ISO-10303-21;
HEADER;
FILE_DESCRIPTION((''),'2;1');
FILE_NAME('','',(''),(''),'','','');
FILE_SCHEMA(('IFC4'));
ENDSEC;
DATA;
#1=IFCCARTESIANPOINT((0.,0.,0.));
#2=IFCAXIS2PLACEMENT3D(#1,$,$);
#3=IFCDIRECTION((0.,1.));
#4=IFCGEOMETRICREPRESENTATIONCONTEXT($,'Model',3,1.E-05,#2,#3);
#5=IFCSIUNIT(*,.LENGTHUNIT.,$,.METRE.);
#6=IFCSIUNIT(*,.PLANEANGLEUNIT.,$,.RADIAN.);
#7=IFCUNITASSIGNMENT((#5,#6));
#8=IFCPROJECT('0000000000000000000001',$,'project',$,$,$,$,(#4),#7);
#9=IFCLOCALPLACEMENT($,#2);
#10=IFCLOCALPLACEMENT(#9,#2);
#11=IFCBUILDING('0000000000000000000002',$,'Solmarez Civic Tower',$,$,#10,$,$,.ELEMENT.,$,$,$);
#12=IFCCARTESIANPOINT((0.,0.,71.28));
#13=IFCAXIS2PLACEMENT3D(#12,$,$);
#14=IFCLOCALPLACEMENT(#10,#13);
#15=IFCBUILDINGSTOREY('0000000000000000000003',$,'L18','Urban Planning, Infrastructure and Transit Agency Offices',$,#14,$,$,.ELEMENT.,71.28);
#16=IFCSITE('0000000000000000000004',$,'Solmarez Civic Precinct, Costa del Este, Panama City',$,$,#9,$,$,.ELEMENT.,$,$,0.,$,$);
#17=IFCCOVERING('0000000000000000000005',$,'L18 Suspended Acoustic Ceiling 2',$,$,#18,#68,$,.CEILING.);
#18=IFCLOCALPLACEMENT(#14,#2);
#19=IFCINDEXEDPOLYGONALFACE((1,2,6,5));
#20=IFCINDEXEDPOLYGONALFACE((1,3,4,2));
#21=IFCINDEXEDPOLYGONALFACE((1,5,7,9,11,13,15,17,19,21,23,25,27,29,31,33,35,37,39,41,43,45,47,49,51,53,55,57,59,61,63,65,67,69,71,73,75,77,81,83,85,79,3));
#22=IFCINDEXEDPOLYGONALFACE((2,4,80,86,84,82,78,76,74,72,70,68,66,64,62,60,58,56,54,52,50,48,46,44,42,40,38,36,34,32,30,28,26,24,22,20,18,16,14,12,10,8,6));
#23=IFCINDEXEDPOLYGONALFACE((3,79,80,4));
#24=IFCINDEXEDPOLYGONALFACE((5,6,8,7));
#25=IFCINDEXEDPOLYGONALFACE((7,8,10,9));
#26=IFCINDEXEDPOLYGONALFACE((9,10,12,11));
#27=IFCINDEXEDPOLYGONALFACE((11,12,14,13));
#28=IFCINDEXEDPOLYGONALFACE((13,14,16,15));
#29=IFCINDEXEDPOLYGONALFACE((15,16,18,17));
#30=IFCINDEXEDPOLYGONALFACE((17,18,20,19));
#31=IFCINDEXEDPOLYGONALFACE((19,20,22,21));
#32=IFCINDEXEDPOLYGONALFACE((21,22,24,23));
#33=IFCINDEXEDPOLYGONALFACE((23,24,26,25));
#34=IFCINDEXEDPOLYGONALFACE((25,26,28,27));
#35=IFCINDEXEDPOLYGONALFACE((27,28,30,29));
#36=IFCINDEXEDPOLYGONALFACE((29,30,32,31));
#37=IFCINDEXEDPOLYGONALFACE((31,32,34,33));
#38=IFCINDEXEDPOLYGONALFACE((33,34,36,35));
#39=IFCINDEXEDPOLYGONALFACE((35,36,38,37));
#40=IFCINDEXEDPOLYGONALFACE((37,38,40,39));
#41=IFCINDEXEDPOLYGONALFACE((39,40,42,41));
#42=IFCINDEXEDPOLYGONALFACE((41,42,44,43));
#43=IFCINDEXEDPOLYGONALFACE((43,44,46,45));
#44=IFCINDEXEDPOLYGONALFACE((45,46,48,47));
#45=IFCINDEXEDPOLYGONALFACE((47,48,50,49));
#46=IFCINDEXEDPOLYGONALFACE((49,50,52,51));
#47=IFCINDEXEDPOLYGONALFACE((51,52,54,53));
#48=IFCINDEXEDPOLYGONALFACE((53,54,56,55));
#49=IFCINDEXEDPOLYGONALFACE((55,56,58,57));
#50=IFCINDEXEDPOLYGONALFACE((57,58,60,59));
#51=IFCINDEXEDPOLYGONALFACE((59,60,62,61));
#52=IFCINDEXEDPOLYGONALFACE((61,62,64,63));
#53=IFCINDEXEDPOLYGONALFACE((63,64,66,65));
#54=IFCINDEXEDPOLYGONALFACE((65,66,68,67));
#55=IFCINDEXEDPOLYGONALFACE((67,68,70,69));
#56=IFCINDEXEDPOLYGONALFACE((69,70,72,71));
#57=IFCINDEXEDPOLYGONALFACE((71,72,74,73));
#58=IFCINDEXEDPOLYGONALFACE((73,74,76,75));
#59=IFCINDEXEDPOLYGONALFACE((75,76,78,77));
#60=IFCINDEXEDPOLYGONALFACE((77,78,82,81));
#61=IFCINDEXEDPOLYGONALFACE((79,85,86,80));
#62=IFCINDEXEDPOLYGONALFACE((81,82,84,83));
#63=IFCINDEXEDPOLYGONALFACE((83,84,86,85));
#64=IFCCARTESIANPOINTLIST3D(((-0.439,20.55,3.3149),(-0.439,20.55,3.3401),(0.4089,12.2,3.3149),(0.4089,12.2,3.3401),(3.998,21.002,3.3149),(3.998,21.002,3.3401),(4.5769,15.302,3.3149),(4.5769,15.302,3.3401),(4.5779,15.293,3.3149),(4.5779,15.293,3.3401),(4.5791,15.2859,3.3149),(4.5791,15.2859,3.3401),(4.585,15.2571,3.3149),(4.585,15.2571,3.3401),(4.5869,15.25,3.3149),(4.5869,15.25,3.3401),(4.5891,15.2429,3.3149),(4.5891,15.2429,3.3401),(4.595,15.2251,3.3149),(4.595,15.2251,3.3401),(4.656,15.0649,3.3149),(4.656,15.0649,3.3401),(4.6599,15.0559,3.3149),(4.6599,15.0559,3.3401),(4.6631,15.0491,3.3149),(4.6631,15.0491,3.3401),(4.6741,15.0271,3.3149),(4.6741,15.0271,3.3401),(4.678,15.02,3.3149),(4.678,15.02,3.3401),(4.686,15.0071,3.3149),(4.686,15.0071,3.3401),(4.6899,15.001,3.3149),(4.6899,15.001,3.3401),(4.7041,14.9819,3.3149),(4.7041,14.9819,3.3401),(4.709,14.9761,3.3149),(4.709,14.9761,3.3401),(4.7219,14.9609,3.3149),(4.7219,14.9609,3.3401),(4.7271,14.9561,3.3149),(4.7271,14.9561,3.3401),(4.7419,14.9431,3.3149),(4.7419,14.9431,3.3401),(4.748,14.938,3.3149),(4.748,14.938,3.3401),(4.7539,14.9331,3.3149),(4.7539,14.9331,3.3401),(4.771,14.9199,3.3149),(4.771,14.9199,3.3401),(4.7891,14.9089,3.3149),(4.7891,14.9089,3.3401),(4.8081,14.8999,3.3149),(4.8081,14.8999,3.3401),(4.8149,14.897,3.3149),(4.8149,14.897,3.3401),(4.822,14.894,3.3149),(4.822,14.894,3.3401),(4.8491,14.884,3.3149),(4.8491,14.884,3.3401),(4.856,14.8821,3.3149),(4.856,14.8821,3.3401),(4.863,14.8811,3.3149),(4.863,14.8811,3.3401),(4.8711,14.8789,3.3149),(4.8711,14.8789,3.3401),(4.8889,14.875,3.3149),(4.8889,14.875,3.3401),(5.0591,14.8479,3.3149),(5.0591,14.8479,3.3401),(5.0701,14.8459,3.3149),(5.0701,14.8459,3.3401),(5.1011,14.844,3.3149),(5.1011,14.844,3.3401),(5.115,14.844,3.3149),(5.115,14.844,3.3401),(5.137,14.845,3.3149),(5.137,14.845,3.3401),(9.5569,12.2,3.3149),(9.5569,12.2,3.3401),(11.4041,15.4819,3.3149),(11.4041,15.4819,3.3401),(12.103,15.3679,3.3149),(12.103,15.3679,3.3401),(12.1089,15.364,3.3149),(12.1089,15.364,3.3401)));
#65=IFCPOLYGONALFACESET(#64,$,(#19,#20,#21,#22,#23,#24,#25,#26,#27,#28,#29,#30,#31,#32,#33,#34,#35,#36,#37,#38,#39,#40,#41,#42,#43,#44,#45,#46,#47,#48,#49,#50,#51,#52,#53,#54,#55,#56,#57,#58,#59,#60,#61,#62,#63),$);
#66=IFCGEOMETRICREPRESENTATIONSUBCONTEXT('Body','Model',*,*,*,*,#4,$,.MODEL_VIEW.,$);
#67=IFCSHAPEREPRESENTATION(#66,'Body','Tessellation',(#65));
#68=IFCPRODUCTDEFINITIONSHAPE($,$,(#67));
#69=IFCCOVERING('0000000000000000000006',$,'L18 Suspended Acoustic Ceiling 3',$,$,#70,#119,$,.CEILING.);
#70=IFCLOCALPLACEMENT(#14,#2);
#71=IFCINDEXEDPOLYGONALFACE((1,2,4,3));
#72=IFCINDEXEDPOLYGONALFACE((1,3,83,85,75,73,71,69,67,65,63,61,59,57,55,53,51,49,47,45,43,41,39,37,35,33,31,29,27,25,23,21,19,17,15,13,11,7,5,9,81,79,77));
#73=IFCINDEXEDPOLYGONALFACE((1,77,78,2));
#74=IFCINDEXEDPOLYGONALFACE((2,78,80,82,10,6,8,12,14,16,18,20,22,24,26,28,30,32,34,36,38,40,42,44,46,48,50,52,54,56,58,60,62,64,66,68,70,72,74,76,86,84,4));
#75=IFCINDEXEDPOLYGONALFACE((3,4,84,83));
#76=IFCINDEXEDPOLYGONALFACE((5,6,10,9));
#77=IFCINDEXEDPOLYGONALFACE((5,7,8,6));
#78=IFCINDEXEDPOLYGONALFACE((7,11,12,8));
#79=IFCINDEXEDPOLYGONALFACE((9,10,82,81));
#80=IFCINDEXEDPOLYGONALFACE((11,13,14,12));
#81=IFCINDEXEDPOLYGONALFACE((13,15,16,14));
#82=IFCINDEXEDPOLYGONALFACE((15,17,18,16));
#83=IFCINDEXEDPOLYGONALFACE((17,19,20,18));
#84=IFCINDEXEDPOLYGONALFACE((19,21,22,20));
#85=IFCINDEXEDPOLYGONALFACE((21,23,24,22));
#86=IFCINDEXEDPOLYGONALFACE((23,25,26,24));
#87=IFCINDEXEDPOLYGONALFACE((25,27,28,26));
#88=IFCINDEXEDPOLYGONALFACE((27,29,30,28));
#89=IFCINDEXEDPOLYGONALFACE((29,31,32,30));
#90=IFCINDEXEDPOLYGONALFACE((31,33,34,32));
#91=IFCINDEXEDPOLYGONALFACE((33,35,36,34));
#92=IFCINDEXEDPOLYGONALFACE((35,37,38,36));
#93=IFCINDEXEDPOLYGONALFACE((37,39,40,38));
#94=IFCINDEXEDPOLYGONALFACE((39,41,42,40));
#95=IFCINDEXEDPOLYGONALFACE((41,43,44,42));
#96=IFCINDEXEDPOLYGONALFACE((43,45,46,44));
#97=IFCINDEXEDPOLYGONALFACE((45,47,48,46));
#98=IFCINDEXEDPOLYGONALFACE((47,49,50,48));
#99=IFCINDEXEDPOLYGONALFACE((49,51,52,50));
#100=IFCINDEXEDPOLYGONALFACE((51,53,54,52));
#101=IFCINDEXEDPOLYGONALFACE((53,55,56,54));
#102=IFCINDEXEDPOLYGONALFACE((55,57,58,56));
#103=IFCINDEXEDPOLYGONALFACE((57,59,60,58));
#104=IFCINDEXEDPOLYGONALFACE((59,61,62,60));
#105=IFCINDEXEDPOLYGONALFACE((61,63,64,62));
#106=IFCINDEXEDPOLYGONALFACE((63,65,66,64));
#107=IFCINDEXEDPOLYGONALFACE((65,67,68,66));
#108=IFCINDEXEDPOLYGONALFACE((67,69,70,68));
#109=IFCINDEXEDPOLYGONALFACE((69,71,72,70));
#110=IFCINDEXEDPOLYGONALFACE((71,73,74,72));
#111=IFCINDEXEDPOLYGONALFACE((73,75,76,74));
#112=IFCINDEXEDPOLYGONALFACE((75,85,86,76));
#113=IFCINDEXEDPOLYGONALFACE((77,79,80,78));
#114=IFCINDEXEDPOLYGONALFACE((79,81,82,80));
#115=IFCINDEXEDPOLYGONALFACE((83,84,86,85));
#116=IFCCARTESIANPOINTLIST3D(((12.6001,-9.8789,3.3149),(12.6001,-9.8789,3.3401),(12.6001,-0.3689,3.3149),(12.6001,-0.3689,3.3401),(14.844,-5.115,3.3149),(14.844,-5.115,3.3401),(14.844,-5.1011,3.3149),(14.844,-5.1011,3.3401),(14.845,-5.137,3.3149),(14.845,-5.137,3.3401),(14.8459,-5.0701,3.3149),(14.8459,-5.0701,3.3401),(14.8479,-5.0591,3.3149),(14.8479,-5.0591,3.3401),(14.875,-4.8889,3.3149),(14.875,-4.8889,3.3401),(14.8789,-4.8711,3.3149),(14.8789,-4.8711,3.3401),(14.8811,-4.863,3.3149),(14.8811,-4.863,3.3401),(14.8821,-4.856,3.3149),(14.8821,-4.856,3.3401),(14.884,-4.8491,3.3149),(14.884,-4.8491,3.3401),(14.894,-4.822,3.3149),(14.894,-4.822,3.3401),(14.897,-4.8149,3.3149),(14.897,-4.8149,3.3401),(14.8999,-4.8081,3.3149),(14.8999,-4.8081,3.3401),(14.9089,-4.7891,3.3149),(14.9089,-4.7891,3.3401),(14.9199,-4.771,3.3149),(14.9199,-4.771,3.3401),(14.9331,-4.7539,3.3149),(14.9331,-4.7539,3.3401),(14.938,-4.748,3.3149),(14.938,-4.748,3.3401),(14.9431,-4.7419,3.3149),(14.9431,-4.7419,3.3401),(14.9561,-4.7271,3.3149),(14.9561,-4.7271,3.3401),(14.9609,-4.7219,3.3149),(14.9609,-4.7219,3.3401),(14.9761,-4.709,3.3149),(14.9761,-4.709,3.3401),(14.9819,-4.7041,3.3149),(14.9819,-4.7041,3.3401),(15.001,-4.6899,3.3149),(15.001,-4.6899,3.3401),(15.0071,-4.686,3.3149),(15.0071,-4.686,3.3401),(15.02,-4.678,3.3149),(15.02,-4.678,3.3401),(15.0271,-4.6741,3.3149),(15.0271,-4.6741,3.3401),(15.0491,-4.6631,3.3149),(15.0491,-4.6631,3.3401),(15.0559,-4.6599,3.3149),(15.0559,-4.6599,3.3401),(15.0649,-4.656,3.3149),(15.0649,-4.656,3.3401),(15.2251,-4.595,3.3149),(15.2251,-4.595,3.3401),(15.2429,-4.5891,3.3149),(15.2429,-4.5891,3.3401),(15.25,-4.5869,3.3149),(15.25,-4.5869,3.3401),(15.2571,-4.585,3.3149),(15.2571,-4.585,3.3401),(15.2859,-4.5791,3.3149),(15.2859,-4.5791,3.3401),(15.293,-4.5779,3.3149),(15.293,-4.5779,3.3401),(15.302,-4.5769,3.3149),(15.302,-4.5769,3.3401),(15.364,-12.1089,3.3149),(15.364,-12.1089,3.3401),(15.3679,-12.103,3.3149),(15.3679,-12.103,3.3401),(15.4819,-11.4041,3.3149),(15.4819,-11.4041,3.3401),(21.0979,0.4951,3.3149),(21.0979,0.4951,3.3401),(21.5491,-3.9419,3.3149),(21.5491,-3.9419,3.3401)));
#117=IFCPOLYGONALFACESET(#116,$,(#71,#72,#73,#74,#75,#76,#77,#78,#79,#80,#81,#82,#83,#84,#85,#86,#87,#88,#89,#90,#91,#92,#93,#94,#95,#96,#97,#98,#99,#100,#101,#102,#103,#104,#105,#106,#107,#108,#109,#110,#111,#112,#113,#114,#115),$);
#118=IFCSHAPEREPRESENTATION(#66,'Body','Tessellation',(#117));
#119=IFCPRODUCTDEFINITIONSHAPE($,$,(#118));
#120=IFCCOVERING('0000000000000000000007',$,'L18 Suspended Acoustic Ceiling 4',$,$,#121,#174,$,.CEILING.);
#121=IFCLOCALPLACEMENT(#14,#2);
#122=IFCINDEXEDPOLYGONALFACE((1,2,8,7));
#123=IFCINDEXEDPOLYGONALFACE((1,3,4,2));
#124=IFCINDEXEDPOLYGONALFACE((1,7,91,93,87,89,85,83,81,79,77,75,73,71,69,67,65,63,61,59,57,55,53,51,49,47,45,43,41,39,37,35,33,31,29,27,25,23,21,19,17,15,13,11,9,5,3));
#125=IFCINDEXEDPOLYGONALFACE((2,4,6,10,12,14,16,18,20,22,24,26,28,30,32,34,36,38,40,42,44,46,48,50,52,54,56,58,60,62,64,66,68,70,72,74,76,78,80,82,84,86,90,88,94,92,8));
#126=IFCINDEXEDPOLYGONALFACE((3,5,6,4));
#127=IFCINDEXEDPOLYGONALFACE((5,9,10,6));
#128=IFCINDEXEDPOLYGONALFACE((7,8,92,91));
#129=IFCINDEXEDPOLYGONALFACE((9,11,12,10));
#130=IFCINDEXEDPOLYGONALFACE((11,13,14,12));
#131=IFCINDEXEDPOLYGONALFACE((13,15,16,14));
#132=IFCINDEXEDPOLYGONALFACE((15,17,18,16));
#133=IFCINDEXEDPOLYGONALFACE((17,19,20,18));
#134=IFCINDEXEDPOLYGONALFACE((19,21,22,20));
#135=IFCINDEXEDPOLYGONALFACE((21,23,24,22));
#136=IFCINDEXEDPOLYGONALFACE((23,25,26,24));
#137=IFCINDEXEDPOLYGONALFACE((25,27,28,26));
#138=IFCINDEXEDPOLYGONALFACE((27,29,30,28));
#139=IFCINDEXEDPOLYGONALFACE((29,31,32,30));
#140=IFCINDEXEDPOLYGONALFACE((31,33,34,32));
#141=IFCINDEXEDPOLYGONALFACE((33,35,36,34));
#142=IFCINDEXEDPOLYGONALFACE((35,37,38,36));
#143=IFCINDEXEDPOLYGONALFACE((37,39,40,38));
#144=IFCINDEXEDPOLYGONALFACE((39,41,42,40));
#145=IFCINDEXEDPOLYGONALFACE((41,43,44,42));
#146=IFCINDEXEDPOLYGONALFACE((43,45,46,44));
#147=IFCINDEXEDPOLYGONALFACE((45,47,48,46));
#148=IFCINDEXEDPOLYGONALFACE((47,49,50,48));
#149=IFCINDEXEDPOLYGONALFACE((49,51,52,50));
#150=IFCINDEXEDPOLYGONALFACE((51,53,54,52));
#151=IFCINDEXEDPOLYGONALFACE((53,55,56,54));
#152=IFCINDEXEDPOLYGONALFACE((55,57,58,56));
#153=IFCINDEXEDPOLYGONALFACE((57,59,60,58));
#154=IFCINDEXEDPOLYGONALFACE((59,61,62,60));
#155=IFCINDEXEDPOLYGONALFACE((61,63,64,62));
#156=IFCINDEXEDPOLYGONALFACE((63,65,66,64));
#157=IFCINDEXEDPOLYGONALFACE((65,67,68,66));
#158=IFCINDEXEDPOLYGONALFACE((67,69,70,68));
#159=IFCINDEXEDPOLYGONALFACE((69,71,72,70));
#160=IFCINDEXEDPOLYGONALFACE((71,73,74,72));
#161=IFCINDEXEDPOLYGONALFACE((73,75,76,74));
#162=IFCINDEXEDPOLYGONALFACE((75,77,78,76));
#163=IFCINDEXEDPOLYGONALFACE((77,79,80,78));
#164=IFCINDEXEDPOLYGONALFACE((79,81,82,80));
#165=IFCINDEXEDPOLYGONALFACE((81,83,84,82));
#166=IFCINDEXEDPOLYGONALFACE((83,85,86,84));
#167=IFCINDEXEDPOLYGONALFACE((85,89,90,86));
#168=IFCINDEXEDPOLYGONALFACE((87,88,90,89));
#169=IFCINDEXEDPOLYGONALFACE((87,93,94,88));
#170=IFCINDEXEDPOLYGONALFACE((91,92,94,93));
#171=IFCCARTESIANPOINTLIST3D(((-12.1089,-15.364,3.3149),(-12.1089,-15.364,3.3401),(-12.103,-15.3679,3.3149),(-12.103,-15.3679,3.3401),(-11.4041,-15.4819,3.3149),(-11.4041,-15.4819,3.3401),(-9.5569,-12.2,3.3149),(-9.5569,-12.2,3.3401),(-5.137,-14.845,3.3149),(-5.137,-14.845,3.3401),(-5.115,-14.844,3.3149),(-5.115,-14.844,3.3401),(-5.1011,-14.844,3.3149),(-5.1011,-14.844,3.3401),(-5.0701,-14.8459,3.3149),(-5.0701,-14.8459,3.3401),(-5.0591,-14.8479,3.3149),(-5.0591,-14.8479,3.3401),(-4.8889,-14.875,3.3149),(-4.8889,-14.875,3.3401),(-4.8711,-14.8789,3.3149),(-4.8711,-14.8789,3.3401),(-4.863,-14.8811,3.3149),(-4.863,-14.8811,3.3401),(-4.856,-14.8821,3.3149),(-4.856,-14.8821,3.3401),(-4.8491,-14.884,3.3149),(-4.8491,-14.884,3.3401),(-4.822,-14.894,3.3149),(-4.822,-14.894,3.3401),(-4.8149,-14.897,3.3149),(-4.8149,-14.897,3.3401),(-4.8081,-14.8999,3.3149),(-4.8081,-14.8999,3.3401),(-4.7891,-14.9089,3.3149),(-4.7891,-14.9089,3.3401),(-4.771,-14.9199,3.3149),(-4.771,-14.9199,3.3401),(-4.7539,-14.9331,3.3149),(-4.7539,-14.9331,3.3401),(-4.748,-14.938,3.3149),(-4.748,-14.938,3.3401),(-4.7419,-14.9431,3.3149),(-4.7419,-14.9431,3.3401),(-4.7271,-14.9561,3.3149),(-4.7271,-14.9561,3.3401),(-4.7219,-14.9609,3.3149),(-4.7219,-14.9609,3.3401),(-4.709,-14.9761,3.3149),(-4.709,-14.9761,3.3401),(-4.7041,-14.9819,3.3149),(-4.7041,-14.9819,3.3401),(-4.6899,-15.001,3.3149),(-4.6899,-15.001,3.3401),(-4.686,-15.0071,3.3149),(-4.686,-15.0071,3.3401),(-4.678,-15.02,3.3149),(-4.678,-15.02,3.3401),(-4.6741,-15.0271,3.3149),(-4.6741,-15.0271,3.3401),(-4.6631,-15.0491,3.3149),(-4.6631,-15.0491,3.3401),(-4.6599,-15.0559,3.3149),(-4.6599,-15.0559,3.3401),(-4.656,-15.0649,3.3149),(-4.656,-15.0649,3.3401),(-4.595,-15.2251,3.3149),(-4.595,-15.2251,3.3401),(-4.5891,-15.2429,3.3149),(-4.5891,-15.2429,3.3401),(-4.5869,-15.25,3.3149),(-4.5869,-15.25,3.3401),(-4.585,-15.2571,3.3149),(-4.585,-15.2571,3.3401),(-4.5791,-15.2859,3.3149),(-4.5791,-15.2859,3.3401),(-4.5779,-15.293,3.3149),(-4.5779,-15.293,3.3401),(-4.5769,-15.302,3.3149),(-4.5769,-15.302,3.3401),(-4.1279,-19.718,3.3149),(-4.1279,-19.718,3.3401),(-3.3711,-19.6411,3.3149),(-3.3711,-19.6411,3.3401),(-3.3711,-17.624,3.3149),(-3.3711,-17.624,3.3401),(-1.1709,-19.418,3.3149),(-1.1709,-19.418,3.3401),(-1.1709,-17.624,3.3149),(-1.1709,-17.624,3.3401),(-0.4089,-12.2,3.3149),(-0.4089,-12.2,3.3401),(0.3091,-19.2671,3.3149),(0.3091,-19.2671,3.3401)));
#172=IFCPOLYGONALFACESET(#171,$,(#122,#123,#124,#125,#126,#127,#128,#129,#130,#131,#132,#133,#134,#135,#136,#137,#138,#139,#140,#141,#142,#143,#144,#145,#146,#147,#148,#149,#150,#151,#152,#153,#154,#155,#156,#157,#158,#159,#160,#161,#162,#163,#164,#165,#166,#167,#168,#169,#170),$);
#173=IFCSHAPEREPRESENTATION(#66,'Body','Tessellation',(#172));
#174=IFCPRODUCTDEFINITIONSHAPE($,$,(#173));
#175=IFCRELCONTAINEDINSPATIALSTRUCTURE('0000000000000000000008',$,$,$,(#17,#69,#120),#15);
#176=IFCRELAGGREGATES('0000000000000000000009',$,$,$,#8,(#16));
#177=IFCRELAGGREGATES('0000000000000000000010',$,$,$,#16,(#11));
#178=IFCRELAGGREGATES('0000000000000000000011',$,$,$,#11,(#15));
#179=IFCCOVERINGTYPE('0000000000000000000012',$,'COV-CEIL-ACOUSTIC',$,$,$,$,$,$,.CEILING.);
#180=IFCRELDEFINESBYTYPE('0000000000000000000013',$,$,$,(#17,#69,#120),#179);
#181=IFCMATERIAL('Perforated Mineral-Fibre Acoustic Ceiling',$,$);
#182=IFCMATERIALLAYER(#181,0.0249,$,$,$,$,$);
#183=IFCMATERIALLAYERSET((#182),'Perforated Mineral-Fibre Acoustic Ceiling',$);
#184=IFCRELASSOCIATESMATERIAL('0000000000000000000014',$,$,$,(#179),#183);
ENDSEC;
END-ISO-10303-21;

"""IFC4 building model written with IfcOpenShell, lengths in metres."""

from ifc_helpers import new_model, si_unit, direction, frame, origin, place, context, subcontext, project, spatial, polyline, outline, extrude, material, layer, layer_set, type_object, element, save


model = new_model("IFC4")

# Units and contexts
model_context = context("Model", 3, precision=1e-05, world=origin(), true_north=direction((0.0, 1.0)))
body_context = subcontext(model_context, "Body", "Model", "MODEL_VIEW")
ifc_project = project(units=[si_unit("LENGTHUNIT", "METRE"), si_unit("PLANEANGLEUNIT", "RADIAN")], contexts=[model_context])

# Site, building, storey
site_placement = place(None, origin())
site = spatial("IfcSite", under=ifc_project, at=site_placement, Name="Solmarez Civic Precinct, Costa del Este, Panama City", CompositionType="ELEMENT", RefElevation=0.0)
building_placement = place(site_placement, origin())
building = spatial("IfcBuilding", under=site, at=building_placement, Name="Solmarez Civic Tower", CompositionType="ELEMENT")
storey_placement = place(building_placement, frame((0.0, 0.0, 71.28)))
storey = spatial("IfcBuildingStorey", under=building, at=storey_placement, Name="L18", Description="Urban Planning, Infrastructure and Transit Agency Offices", CompositionType="ELEMENT", Elevation=71.28)

# Coverings
ifc_material_1 = material(Name="Perforated Mineral-Fibre Acoustic Ceiling")
ifc_layer_1 = layer(ifc_material_1, 0.0249)
ifc_layer_set_1 = layer_set([ifc_layer_1], Name="Perforated Mineral-Fibre Acoustic Ceiling")
covering_type_1 = type_object("IfcCoveringType", Name="COV-CEIL-ACOUSTIC", PredefinedType="CEILING", material=ifc_layer_set_1)
covering_1_placement = place(storey_placement, frame((0.0, 0.0, 3.3149)))
element("IfcCovering", 1, at=covering_1_placement, inside=storey, type_object=covering_type_1, Name="L18 Suspended Acoustic Ceiling 2", PredefinedType="CEILING", context=body_context, shape_type="SweptSolid", body=[
    extrude(outline(polyline([(0.4089, 12.2), (9.5569, 12.2), (12.1089, 15.364), (12.103, 15.3679), (11.4041, 15.4819), (5.137, 14.845), (5.115, 14.844), (5.1011, 14.844), (5.0701, 14.8459), (5.0591, 14.8479), (4.8889, 14.875), (4.8711, 14.8789), (4.863, 14.8811), (4.856, 14.8821), (4.8491, 14.884), (4.822, 14.894), (4.8149, 14.897), (4.8081, 14.8999), (4.7891, 14.9089), (4.771, 14.9199), (4.7539, 14.9331), (4.748, 14.938), (4.7419, 14.9431), (4.7271, 14.9561), (4.7219, 14.9609), (4.709, 14.9761), (4.7041, 14.9819), (4.6899, 15.001), (4.686, 15.0071), (4.678, 15.02), (4.6741, 15.0271), (4.6631, 15.0491), (4.6599, 15.0559), (4.656, 15.0649), (4.595, 15.2251), (4.5891, 15.2429), (4.5869, 15.25), (4.585, 15.2571), (4.5791, 15.2859), (4.5779, 15.293), (4.5769, 15.302), (3.998, 21.002), (-0.439, 20.55), (0.4089, 12.2)])), origin(), (0.0, 0.0, 1.0), 0.0251),
])
covering_2_placement = place(storey_placement, frame((0.0, 0.0, 3.3149)))
element("IfcCovering", 2, at=covering_2_placement, inside=storey, type_object=covering_type_1, Name="L18 Suspended Acoustic Ceiling 3", PredefinedType="CEILING", context=body_context, shape_type="SweptSolid", body=[
    extrude(outline(polyline([(12.6001, -0.3689), (12.6001, -9.8789), (15.364, -12.1089), (15.3679, -12.103), (15.4819, -11.4041), (14.845, -5.137), (14.844, -5.115), (14.844, -5.1011), (14.8459, -5.0701), (14.8479, -5.0591), (14.875, -4.8889), (14.8789, -4.8711), (14.8811, -4.863), (14.8821, -4.856), (14.884, -4.8491), (14.894, -4.822), (14.897, -4.8149), (14.8999, -4.8081), (14.9089, -4.7891), (14.9199, -4.771), (14.9331, -4.7539), (14.938, -4.748), (14.9431, -4.7419), (14.9561, -4.7271), (14.9609, -4.7219), (14.9761, -4.709), (14.9819, -4.7041), (15.001, -4.6899), (15.0071, -4.686), (15.02, -4.678), (15.0271, -4.6741), (15.0491, -4.6631), (15.0559, -4.6599), (15.0649, -4.656), (15.2251, -4.595), (15.2429, -4.5891), (15.25, -4.5869), (15.2571, -4.585), (15.2859, -4.5791), (15.293, -4.5779), (15.302, -4.5769), (21.5491, -3.9419), (21.0979, 0.4951), (12.6001, -0.3689)])), origin(), (0.0, 0.0, 1.0), 0.0251),
])
covering_3_placement = place(storey_placement, frame((0.0, 0.0, 3.3149)))
element("IfcCovering", 3, at=covering_3_placement, inside=storey, type_object=covering_type_1, Name="L18 Suspended Acoustic Ceiling 4", PredefinedType="CEILING", context=body_context, shape_type="SweptSolid", body=[
    extrude(outline(polyline([(-0.4089, -12.2), (-9.5569, -12.2), (-12.1089, -15.364), (-12.103, -15.3679), (-11.4041, -15.4819), (-5.137, -14.845), (-5.115, -14.844), (-5.1011, -14.844), (-5.0701, -14.8459), (-5.0591, -14.8479), (-4.8889, -14.875), (-4.8711, -14.8789), (-4.863, -14.8811), (-4.856, -14.8821), (-4.8491, -14.884), (-4.822, -14.894), (-4.8149, -14.897), (-4.8081, -14.8999), (-4.7891, -14.9089), (-4.771, -14.9199), (-4.7539, -14.9331), (-4.748, -14.938), (-4.7419, -14.9431), (-4.7271, -14.9561), (-4.7219, -14.9609), (-4.709, -14.9761), (-4.7041, -14.9819), (-4.6899, -15.001), (-4.686, -15.0071), (-4.678, -15.02), (-4.6741, -15.0271), (-4.6631, -15.0491), (-4.6599, -15.0559), (-4.656, -15.0649), (-4.595, -15.2251), (-4.5891, -15.2429), (-4.5869, -15.25), (-4.585, -15.2571), (-4.5791, -15.2859), (-4.5779, -15.293), (-4.5769, -15.302), (-4.1279, -19.718), (-3.3711, -19.6411), (-3.3711, -17.624), (-1.1709, -17.624), (-1.1709, -19.418), (0.3091, -19.2671), (-0.4089, -12.2)])), origin(), (0.0, 0.0, 1.0), 0.0251),
])

save(model, "model.ifc")
